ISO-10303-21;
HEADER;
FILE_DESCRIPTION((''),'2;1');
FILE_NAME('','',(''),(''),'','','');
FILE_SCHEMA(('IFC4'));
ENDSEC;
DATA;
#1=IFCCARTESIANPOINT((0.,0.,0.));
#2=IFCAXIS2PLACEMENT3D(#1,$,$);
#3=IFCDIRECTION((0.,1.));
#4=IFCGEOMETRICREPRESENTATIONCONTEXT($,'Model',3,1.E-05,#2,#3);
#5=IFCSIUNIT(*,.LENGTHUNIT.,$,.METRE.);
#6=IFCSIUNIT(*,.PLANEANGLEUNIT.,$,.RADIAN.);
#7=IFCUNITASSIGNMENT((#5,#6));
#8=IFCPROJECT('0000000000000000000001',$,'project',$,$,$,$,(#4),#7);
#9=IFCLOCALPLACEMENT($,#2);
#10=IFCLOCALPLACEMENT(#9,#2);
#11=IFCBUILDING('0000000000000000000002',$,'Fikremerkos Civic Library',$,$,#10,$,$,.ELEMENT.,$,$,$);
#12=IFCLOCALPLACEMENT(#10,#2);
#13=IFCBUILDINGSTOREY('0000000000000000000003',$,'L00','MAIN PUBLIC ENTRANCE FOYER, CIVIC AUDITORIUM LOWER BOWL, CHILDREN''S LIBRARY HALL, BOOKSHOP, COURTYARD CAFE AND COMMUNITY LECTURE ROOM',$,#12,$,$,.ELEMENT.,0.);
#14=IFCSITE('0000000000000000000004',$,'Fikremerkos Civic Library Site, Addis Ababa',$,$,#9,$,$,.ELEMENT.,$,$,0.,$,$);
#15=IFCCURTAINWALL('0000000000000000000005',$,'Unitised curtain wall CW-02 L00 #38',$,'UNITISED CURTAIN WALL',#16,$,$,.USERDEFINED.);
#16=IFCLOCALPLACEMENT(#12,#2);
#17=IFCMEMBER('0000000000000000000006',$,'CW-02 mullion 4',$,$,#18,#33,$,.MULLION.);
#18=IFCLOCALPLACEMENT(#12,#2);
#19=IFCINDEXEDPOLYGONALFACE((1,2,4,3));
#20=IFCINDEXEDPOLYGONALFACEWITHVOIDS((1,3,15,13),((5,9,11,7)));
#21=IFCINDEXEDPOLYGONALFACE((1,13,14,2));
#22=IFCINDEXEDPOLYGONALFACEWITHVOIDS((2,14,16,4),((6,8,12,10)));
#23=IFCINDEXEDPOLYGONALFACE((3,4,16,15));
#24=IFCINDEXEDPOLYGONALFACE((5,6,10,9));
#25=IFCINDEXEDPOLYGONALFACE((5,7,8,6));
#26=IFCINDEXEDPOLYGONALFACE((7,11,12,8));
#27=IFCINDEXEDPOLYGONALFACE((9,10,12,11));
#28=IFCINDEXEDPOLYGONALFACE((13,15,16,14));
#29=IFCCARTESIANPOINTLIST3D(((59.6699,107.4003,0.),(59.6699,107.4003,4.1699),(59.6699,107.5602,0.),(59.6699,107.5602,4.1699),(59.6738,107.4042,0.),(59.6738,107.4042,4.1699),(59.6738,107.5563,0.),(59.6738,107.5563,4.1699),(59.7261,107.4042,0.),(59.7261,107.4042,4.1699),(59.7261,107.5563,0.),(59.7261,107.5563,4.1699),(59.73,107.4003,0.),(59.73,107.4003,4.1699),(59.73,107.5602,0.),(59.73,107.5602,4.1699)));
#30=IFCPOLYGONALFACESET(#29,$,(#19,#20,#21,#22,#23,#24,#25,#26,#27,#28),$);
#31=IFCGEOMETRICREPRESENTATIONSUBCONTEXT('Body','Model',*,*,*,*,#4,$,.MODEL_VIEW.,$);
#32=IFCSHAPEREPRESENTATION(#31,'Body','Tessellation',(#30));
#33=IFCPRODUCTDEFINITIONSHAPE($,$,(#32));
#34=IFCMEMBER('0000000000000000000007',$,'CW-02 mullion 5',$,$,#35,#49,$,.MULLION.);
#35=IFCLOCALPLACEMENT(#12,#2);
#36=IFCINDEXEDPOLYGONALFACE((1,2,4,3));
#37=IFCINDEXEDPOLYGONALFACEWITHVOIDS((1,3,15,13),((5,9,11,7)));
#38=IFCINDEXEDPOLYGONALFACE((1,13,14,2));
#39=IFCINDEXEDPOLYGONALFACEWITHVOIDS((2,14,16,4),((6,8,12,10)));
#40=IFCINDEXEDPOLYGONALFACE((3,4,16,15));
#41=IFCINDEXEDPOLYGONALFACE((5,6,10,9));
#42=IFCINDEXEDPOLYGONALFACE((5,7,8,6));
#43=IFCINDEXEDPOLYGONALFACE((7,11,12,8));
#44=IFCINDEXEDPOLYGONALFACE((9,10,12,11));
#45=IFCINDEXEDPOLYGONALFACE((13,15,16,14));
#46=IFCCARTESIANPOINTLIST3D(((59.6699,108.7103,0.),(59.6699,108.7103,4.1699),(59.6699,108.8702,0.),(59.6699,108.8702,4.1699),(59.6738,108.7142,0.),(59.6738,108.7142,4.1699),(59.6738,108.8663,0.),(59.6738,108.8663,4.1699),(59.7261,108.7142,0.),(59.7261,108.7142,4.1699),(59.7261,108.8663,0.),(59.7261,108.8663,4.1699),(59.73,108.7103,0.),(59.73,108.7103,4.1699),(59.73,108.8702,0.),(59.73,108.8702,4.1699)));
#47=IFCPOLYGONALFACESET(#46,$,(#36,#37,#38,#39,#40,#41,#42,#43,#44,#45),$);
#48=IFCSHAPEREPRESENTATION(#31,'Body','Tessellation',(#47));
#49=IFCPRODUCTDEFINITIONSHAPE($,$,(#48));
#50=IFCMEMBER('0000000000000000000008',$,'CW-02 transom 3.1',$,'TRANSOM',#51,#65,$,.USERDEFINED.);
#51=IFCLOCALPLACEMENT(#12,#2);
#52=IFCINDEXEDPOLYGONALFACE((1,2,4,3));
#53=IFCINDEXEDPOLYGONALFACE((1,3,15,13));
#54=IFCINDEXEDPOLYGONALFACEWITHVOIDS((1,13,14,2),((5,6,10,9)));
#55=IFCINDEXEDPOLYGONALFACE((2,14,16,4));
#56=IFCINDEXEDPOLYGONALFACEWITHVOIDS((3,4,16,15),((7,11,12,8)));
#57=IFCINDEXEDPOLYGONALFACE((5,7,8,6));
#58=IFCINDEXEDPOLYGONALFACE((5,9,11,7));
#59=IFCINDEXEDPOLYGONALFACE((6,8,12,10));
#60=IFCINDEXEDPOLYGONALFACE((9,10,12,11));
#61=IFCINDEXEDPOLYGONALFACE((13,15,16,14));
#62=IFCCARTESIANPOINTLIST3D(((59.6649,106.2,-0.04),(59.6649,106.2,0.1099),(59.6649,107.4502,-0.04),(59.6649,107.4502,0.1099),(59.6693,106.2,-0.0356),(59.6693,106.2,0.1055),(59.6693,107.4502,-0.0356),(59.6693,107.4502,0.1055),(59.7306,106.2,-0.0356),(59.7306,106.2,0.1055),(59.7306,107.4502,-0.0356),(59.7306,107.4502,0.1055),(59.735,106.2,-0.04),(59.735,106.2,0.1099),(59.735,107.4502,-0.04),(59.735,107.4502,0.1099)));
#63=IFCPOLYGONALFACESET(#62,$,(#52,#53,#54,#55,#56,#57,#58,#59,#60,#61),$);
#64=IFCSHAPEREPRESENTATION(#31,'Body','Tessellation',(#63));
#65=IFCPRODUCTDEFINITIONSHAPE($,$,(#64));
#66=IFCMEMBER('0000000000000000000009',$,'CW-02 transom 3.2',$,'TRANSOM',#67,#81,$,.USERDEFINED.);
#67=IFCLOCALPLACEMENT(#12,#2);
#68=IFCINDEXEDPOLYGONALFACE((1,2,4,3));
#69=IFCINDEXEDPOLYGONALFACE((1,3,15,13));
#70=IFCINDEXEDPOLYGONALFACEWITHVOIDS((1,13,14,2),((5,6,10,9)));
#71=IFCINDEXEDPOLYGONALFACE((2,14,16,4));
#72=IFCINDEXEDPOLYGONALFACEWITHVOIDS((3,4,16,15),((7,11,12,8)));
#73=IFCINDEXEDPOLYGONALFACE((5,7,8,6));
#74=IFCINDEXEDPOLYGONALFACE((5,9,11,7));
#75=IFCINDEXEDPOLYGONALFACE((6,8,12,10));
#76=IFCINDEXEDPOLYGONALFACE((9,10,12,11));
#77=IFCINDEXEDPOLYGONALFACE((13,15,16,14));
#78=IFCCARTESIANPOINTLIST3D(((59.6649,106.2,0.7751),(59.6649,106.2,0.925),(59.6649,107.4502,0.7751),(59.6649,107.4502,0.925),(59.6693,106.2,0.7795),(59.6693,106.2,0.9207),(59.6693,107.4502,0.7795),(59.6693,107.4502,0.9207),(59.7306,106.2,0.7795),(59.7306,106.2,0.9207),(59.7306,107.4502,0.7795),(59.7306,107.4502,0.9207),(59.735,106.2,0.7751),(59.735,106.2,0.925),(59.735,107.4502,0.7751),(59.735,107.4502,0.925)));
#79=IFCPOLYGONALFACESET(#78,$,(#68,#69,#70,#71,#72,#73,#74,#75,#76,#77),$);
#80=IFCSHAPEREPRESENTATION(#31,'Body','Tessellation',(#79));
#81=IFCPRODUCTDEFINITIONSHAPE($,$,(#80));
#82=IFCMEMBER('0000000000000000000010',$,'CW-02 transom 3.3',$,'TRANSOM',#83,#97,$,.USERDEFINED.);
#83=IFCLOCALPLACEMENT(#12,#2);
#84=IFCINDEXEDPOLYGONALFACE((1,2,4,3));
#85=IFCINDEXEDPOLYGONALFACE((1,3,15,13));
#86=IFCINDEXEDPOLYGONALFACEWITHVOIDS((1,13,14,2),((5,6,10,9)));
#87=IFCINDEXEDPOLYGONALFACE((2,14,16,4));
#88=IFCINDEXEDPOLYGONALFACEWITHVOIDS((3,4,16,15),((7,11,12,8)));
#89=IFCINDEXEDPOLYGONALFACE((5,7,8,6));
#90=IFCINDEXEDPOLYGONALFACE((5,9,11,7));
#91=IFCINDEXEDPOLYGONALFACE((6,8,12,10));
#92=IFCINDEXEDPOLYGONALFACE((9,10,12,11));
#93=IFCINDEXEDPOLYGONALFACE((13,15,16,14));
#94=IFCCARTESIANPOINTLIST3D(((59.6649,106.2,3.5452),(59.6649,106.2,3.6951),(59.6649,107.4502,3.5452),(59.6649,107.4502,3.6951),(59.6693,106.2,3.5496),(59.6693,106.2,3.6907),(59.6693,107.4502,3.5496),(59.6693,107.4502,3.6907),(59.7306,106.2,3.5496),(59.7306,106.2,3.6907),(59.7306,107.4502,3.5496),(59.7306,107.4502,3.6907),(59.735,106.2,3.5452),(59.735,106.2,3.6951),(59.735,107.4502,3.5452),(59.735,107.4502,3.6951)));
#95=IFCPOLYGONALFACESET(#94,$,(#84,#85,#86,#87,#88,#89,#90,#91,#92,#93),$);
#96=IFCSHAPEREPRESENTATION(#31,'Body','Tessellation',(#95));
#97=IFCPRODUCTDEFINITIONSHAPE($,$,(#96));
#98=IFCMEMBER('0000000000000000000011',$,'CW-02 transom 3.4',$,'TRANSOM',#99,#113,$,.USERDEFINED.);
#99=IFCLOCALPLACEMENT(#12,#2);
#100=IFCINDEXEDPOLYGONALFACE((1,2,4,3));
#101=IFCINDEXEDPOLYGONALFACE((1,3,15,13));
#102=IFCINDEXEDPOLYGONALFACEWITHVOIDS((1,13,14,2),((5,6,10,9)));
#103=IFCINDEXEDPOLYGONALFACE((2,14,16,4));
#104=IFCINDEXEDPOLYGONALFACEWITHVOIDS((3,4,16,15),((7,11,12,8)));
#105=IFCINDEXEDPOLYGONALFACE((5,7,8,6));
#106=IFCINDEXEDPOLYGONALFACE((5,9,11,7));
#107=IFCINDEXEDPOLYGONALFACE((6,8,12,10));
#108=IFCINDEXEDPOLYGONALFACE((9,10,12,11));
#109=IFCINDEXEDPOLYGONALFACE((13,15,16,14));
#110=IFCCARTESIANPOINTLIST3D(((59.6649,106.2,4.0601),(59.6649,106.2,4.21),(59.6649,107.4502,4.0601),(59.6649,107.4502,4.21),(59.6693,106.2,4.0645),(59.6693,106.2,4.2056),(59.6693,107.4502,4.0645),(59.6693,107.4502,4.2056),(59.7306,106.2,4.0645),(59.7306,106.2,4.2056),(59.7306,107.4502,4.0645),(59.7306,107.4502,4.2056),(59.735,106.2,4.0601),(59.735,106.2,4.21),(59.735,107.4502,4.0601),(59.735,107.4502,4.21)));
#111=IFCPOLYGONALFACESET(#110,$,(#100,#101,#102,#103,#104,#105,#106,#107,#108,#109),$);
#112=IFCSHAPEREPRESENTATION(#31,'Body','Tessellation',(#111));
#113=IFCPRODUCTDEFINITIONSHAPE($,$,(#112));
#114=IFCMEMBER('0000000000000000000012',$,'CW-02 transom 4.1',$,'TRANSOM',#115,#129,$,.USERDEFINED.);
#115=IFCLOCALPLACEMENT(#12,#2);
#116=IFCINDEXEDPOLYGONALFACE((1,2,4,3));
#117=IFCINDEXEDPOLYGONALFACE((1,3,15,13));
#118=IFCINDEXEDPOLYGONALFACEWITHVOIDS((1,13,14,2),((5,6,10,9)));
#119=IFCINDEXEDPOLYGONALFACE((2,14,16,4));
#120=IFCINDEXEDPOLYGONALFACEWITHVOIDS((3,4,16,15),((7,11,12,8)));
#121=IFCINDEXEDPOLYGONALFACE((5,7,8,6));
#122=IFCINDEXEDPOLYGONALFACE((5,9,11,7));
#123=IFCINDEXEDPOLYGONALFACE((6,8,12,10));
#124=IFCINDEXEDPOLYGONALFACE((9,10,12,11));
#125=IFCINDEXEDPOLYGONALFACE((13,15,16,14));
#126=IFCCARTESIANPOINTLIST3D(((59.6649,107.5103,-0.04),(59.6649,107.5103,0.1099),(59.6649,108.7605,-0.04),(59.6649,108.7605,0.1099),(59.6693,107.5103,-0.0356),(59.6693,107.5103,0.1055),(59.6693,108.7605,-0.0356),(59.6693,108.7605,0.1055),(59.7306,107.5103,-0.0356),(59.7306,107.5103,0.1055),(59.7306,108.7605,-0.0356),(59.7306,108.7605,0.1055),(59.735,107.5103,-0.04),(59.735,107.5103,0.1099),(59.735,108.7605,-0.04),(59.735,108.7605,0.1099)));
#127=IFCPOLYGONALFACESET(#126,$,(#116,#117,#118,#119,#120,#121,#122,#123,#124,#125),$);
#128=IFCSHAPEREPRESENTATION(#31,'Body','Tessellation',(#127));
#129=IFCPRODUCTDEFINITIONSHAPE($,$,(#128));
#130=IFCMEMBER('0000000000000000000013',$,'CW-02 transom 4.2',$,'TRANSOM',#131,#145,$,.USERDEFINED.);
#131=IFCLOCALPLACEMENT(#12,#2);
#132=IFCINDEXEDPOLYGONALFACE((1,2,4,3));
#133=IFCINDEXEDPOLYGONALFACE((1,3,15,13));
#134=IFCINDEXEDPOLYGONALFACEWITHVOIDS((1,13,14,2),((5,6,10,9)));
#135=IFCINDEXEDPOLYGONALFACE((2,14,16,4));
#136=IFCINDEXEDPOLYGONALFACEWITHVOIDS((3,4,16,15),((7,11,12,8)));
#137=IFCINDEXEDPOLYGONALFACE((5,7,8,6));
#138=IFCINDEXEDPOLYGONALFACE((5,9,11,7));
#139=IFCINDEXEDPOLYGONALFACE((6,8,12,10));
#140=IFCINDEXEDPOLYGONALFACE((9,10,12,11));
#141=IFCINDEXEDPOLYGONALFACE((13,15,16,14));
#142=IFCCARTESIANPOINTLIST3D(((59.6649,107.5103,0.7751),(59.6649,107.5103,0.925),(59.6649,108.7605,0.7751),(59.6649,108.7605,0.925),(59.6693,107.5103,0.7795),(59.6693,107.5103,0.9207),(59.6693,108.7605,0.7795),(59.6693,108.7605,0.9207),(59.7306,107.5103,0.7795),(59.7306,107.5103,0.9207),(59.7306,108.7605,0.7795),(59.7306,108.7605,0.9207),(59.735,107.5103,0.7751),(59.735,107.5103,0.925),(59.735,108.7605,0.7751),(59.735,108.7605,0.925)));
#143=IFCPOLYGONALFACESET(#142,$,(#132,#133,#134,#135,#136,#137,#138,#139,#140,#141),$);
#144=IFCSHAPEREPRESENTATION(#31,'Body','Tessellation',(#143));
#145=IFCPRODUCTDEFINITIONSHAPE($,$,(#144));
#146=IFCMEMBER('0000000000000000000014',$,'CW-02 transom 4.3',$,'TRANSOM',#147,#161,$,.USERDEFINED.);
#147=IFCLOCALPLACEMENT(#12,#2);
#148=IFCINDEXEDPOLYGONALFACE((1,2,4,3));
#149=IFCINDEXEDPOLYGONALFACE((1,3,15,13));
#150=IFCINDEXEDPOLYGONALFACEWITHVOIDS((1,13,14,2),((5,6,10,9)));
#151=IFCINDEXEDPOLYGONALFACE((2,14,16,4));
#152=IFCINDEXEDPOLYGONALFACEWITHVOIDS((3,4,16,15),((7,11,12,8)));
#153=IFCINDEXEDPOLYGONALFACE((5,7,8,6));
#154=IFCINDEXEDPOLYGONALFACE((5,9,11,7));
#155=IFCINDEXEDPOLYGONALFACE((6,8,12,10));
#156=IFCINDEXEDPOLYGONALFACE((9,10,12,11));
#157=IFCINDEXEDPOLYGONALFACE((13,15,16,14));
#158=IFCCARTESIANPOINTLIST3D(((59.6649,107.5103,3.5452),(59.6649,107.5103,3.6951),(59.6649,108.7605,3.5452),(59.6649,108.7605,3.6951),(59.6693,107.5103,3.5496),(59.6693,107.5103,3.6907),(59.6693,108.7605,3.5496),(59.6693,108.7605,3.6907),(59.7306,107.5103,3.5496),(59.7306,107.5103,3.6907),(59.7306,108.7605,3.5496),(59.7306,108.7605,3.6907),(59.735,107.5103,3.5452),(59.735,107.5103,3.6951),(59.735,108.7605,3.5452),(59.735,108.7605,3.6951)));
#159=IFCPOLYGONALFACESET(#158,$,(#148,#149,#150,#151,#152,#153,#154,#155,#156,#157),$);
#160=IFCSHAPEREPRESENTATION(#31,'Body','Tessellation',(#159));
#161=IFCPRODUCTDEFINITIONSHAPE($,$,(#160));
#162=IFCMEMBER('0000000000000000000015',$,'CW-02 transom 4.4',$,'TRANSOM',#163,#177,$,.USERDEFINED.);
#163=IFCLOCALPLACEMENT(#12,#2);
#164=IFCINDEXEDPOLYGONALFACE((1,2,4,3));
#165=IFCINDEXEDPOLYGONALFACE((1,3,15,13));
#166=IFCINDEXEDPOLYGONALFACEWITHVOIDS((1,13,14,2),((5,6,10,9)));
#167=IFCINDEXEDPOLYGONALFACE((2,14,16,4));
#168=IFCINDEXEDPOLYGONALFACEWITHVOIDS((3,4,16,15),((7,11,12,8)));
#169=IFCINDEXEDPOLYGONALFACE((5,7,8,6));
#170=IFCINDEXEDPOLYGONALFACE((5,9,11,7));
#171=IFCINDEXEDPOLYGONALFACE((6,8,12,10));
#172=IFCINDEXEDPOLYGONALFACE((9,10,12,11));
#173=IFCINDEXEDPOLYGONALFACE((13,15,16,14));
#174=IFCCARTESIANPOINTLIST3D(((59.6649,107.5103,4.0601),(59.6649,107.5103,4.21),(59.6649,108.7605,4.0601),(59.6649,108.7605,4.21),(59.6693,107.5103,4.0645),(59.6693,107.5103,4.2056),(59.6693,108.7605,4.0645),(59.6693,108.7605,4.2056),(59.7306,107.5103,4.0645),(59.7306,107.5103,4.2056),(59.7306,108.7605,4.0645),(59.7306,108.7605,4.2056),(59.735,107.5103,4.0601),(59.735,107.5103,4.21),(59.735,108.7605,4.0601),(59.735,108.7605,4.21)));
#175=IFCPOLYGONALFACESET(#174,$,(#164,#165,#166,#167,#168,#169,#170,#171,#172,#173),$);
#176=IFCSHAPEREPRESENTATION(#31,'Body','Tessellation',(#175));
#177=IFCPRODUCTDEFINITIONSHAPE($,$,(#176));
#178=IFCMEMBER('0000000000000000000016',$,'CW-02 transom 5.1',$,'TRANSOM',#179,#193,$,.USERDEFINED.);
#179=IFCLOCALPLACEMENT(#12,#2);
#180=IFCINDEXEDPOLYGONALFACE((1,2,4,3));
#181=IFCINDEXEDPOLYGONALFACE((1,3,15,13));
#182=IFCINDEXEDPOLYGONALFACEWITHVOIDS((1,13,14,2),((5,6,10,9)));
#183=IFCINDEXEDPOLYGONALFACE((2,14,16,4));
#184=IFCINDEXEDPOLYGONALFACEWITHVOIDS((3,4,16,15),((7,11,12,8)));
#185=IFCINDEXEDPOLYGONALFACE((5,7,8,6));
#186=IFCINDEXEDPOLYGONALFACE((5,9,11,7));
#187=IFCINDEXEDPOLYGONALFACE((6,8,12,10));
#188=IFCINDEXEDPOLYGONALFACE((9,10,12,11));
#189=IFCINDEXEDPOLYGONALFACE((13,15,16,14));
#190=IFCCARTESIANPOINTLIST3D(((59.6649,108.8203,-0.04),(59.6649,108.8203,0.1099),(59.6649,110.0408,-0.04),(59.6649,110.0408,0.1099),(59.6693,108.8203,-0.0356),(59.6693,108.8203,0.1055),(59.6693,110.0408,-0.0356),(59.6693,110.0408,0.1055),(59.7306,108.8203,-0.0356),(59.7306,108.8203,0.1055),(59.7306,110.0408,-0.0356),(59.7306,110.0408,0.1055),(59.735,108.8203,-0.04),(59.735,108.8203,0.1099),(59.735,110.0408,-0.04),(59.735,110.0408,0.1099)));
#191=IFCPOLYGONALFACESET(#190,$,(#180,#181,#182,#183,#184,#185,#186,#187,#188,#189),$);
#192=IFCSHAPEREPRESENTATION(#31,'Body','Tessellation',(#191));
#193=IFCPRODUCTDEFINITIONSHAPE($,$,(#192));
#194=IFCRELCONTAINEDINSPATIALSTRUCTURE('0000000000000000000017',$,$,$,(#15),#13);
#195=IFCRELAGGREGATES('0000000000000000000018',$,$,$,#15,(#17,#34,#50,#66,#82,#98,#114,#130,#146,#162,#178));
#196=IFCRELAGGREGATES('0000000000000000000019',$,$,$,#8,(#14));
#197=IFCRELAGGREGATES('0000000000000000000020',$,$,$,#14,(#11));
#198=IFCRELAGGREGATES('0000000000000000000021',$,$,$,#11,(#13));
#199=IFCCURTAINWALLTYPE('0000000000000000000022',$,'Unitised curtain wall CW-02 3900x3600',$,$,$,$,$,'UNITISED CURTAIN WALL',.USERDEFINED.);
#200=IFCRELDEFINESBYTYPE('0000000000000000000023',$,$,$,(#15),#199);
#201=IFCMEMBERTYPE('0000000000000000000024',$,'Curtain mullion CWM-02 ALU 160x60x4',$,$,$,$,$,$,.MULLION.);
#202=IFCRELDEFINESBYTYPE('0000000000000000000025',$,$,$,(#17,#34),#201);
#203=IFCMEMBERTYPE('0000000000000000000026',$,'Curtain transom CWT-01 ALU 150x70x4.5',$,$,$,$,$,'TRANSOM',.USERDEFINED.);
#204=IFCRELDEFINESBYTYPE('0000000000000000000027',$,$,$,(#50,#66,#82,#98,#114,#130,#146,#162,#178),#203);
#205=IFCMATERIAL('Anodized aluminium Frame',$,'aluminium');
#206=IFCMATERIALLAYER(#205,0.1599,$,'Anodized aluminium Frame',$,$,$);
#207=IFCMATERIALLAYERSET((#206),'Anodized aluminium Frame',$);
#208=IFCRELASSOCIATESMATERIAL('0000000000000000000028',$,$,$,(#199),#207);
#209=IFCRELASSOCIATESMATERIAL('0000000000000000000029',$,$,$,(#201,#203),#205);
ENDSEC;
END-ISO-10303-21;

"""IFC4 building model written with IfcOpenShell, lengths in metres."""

from ifc_helpers import new_model, si_unit, direction, frame, origin, origin_2d, place, context, subcontext, project, spatial, hollow_rectangle, extrude, material, layer, layer_set, material_profile, profile_set, type_object, element, aggregate, save


model = new_model("IFC4")

# Units and contexts
model_context = context("Model", 3, precision=1e-05, world=origin(), true_north=direction((0.0, 1.0)))
body_context = subcontext(model_context, "Body", "Model", "MODEL_VIEW")
ifc_project = project(units=[si_unit("LENGTHUNIT", "METRE"), si_unit("PLANEANGLEUNIT", "RADIAN")], contexts=[model_context])

# Site, building, storey
site_placement = place(None, origin())
site = spatial("IfcSite", under=ifc_project, at=site_placement, Name="Fikremerkos Civic Library Site, Addis Ababa", CompositionType="ELEMENT", RefElevation=0.0)
building_placement = place(site_placement, origin())
building = spatial("IfcBuilding", under=site, at=building_placement, Name="Fikremerkos Civic Library", CompositionType="ELEMENT")
storey_placement = place(building_placement, origin())
storey = spatial("IfcBuildingStorey", under=building, at=storey_placement, Name="L00", Description="MAIN PUBLIC ENTRANCE FOYER, CIVIC AUDITORIUM LOWER BOWL, CHILDREN'S LIBRARY HALL, BOOKSHOP, COURTYARD CAFE AND COMMUNITY LECTURE ROOM", CompositionType="ELEMENT", Elevation=0.0)

# Curtain wall, members
ifc_material_1 = material(Name="Anodized aluminium Frame", Category="aluminium")
ifc_layer_1 = layer(ifc_material_1, 0.1599, Name="Anodized aluminium Frame")
ifc_layer_set_1 = layer_set([ifc_layer_1], Name="Anodized aluminium Frame")
curtain_wall_type = type_object("IfcCurtainWallType", Name="Unitised curtain wall CW-02 3900x3600", ElementType="UNITISED CURTAIN WALL", PredefinedType="USERDEFINED", material=ifc_layer_set_1)
curtain_wall_placement = place(storey_placement, origin())
curtain_wall = element("IfcCurtainWall", 1, at=curtain_wall_placement, inside=storey, type_object=curtain_wall_type, Name="Unitised curtain wall CW-02 L00 #38", ObjectType="UNITISED CURTAIN WALL", PredefinedType="USERDEFINED")
ifc_material_profile_1 = material_profile(ifc_material_1, hollow_rectangle(XDim=0.0601, YDim=0.1599, WallThickness=0.0039, at=origin_2d()), Name="ALU 160x60x4")
ifc_profile_set_1 = profile_set([ifc_material_profile_1], Name="Anodized aluminium Frame")
member_type_1 = type_object("IfcMemberType", Name="Curtain mullion CWM-02 ALU 160x60x4", PredefinedType="MULLION", material=ifc_profile_set_1)
member_1_placement = place(storey_placement, frame((59.7, 107.4802, 0.0), z_axis=(0.0, 0.0, 1.0), x_axis=(-1.0, 0.0, 0.0)))
member_1 = element("IfcMember", 2, at=member_1_placement, type_object=member_type_1, Name="CW-02 mullion 4", PredefinedType="MULLION", context=body_context, shape_type="SweptSolid", body=[
    extrude(hollow_rectangle(XDim=0.0601, YDim=0.1599, WallThickness=0.0039, at=origin_2d()), origin(), (0.0, 0.0, 1.0), 4.1699),
])
member_2_placement = place(storey_placement, frame((59.7, 108.7903, 0.0), z_axis=(0.0, 0.0, 1.0), x_axis=(-1.0, 0.0, 0.0)))
member_2 = element("IfcMember", 3, at=member_2_placement, type_object=member_type_1, Name="CW-02 mullion 5", PredefinedType="MULLION", context=body_context, shape_type="SweptSolid", body=[
    extrude(hollow_rectangle(XDim=0.0601, YDim=0.1599, WallThickness=0.0039, at=origin_2d()), origin(), (0.0, 0.0, 1.0), 4.1699),
])
ifc_material_profile_2 = material_profile(ifc_material_1, hollow_rectangle(XDim=0.0701, YDim=0.1499, WallThickness=0.0044, at=origin_2d()), Name="ALU 150x70x4.5")
ifc_profile_set_2 = profile_set([ifc_material_profile_2], Name="Anodized aluminium Frame")
member_type_2 = type_object("IfcMemberType", Name="Curtain transom CWT-01 ALU 150x70x4.5", ElementType="TRANSOM", PredefinedType="USERDEFINED", material=ifc_profile_set_2)
member_3_placement = place(storey_placement, frame((59.7, 106.2, 0.0349), z_axis=(0.0, 1.0, 0.0), x_axis=(-1.0, 0.0, 0.0)))
member_3 = element("IfcMember", 4, at=member_3_placement, type_object=member_type_2, Name="CW-02 transom 3.1", ObjectType="TRANSOM", PredefinedType="USERDEFINED", context=body_context, shape_type="SweptSolid", body=[
    extrude(hollow_rectangle(XDim=0.0701, YDim=0.1499, WallThickness=0.0044, at=origin_2d()), origin(), (0.0, 0.0, 1.0), 1.2502),
])
member_4_placement = place(storey_placement, frame((59.7, 106.2, 0.8501), z_axis=(0.0, 1.0, 0.0), x_axis=(-1.0, 0.0, 0.0)))
member_4 = element("IfcMember", 5, at=member_4_placement, type_object=member_type_2, Name="CW-02 transom 3.2", ObjectType="TRANSOM", PredefinedType="USERDEFINED", context=body_context, shape_type="SweptSolid", body=[
    extrude(hollow_rectangle(XDim=0.0701, YDim=0.1499, WallThickness=0.0044, at=origin_2d()), origin(), (0.0, 0.0, 1.0), 1.2502),
])
member_5_placement = place(storey_placement, frame((59.7, 106.2, 3.6201), z_axis=(0.0, 1.0, 0.0), x_axis=(-1.0, 0.0, 0.0)))
member_5 = element("IfcMember", 6, at=member_5_placement, type_object=member_type_2, Name="CW-02 transom 3.3", ObjectType="TRANSOM", PredefinedType="USERDEFINED", context=body_context, shape_type="SweptSolid", body=[
    extrude(hollow_rectangle(XDim=0.0701, YDim=0.1499, WallThickness=0.0044, at=origin_2d()), origin(), (0.0, 0.0, 1.0), 1.2502),
])
member_6_placement = place(storey_placement, frame((59.7, 106.2, 4.135), z_axis=(0.0, 1.0, 0.0), x_axis=(-1.0, 0.0, 0.0)))
member_6 = element("IfcMember", 7, at=member_6_placement, type_object=member_type_2, Name="CW-02 transom 3.4", ObjectType="TRANSOM", PredefinedType="USERDEFINED", context=body_context, shape_type="SweptSolid", body=[
    extrude(hollow_rectangle(XDim=0.0701, YDim=0.1499, WallThickness=0.0044, at=origin_2d()), origin(), (0.0, 0.0, 1.0), 1.2502),
])
member_7_placement = place(storey_placement, frame((59.7, 107.5103, 0.0349), z_axis=(0.0, 1.0, 0.0), x_axis=(-1.0, 0.0, 0.0)))
member_7 = element("IfcMember", 8, at=member_7_placement, type_object=member_type_2, Name="CW-02 transom 4.1", ObjectType="TRANSOM", PredefinedType="USERDEFINED", context=body_context, shape_type="SweptSolid", body=[
    extrude(hollow_rectangle(XDim=0.0701, YDim=0.1499, WallThickness=0.0044, at=origin_2d()), origin(), (0.0, 0.0, 1.0), 1.2502),
])
member_8_placement = place(storey_placement, frame((59.7, 107.5103, 0.8501), z_axis=(0.0, 1.0, 0.0), x_axis=(-1.0, 0.0, 0.0)))
member_8 = element("IfcMember", 9, at=member_8_placement, type_object=member_type_2, Name="CW-02 transom 4.2", ObjectType="TRANSOM", PredefinedType="USERDEFINED", context=body_context, shape_type="SweptSolid", body=[
    extrude(hollow_rectangle(XDim=0.0701, YDim=0.1499, WallThickness=0.0044, at=origin_2d()), origin(), (0.0, 0.0, 1.0), 1.2502),
])
member_9_placement = place(storey_placement, frame((59.7, 107.5103, 3.6201), z_axis=(0.0, 1.0, 0.0), x_axis=(-1.0, 0.0, 0.0)))
member_9 = element("IfcMember", 10, at=member_9_placement, type_object=member_type_2, Name="CW-02 transom 4.3", ObjectType="TRANSOM", PredefinedType="USERDEFINED", context=body_context, shape_type="SweptSolid", body=[
    extrude(hollow_rectangle(XDim=0.0701, YDim=0.1499, WallThickness=0.0044, at=origin_2d()), origin(), (0.0, 0.0, 1.0), 1.2502),
])
member_10_placement = place(storey_placement, frame((59.7, 107.5103, 4.135), z_axis=(0.0, 1.0, 0.0), x_axis=(-1.0, 0.0, 0.0)))
member_10 = element("IfcMember", 11, at=member_10_placement, type_object=member_type_2, Name="CW-02 transom 4.4", ObjectType="TRANSOM", PredefinedType="USERDEFINED", context=body_context, shape_type="SweptSolid", body=[
    extrude(hollow_rectangle(XDim=0.0701, YDim=0.1499, WallThickness=0.0044, at=origin_2d()), origin(), (0.0, 0.0, 1.0), 1.2502),
])
member_11_placement = place(storey_placement, frame((59.7, 108.8203, 0.0349), z_axis=(0.0, 1.0, 0.0), x_axis=(-1.0, 0.0, 0.0)))
member_11 = element("IfcMember", 12, at=member_11_placement, type_object=member_type_2, Name="CW-02 transom 5.1", ObjectType="TRANSOM", PredefinedType="USERDEFINED", context=body_context, shape_type="SweptSolid", body=[
    extrude(hollow_rectangle(XDim=0.0701, YDim=0.1499, WallThickness=0.0044, at=origin_2d()), origin(), (0.0, 0.0, 1.0), 1.2205),
])
aggregate(curtain_wall, [member_1, member_2, member_3, member_4, member_5, member_6, member_7, member_8, member_9, member_10, member_11])

save(model, "model.ifc")
